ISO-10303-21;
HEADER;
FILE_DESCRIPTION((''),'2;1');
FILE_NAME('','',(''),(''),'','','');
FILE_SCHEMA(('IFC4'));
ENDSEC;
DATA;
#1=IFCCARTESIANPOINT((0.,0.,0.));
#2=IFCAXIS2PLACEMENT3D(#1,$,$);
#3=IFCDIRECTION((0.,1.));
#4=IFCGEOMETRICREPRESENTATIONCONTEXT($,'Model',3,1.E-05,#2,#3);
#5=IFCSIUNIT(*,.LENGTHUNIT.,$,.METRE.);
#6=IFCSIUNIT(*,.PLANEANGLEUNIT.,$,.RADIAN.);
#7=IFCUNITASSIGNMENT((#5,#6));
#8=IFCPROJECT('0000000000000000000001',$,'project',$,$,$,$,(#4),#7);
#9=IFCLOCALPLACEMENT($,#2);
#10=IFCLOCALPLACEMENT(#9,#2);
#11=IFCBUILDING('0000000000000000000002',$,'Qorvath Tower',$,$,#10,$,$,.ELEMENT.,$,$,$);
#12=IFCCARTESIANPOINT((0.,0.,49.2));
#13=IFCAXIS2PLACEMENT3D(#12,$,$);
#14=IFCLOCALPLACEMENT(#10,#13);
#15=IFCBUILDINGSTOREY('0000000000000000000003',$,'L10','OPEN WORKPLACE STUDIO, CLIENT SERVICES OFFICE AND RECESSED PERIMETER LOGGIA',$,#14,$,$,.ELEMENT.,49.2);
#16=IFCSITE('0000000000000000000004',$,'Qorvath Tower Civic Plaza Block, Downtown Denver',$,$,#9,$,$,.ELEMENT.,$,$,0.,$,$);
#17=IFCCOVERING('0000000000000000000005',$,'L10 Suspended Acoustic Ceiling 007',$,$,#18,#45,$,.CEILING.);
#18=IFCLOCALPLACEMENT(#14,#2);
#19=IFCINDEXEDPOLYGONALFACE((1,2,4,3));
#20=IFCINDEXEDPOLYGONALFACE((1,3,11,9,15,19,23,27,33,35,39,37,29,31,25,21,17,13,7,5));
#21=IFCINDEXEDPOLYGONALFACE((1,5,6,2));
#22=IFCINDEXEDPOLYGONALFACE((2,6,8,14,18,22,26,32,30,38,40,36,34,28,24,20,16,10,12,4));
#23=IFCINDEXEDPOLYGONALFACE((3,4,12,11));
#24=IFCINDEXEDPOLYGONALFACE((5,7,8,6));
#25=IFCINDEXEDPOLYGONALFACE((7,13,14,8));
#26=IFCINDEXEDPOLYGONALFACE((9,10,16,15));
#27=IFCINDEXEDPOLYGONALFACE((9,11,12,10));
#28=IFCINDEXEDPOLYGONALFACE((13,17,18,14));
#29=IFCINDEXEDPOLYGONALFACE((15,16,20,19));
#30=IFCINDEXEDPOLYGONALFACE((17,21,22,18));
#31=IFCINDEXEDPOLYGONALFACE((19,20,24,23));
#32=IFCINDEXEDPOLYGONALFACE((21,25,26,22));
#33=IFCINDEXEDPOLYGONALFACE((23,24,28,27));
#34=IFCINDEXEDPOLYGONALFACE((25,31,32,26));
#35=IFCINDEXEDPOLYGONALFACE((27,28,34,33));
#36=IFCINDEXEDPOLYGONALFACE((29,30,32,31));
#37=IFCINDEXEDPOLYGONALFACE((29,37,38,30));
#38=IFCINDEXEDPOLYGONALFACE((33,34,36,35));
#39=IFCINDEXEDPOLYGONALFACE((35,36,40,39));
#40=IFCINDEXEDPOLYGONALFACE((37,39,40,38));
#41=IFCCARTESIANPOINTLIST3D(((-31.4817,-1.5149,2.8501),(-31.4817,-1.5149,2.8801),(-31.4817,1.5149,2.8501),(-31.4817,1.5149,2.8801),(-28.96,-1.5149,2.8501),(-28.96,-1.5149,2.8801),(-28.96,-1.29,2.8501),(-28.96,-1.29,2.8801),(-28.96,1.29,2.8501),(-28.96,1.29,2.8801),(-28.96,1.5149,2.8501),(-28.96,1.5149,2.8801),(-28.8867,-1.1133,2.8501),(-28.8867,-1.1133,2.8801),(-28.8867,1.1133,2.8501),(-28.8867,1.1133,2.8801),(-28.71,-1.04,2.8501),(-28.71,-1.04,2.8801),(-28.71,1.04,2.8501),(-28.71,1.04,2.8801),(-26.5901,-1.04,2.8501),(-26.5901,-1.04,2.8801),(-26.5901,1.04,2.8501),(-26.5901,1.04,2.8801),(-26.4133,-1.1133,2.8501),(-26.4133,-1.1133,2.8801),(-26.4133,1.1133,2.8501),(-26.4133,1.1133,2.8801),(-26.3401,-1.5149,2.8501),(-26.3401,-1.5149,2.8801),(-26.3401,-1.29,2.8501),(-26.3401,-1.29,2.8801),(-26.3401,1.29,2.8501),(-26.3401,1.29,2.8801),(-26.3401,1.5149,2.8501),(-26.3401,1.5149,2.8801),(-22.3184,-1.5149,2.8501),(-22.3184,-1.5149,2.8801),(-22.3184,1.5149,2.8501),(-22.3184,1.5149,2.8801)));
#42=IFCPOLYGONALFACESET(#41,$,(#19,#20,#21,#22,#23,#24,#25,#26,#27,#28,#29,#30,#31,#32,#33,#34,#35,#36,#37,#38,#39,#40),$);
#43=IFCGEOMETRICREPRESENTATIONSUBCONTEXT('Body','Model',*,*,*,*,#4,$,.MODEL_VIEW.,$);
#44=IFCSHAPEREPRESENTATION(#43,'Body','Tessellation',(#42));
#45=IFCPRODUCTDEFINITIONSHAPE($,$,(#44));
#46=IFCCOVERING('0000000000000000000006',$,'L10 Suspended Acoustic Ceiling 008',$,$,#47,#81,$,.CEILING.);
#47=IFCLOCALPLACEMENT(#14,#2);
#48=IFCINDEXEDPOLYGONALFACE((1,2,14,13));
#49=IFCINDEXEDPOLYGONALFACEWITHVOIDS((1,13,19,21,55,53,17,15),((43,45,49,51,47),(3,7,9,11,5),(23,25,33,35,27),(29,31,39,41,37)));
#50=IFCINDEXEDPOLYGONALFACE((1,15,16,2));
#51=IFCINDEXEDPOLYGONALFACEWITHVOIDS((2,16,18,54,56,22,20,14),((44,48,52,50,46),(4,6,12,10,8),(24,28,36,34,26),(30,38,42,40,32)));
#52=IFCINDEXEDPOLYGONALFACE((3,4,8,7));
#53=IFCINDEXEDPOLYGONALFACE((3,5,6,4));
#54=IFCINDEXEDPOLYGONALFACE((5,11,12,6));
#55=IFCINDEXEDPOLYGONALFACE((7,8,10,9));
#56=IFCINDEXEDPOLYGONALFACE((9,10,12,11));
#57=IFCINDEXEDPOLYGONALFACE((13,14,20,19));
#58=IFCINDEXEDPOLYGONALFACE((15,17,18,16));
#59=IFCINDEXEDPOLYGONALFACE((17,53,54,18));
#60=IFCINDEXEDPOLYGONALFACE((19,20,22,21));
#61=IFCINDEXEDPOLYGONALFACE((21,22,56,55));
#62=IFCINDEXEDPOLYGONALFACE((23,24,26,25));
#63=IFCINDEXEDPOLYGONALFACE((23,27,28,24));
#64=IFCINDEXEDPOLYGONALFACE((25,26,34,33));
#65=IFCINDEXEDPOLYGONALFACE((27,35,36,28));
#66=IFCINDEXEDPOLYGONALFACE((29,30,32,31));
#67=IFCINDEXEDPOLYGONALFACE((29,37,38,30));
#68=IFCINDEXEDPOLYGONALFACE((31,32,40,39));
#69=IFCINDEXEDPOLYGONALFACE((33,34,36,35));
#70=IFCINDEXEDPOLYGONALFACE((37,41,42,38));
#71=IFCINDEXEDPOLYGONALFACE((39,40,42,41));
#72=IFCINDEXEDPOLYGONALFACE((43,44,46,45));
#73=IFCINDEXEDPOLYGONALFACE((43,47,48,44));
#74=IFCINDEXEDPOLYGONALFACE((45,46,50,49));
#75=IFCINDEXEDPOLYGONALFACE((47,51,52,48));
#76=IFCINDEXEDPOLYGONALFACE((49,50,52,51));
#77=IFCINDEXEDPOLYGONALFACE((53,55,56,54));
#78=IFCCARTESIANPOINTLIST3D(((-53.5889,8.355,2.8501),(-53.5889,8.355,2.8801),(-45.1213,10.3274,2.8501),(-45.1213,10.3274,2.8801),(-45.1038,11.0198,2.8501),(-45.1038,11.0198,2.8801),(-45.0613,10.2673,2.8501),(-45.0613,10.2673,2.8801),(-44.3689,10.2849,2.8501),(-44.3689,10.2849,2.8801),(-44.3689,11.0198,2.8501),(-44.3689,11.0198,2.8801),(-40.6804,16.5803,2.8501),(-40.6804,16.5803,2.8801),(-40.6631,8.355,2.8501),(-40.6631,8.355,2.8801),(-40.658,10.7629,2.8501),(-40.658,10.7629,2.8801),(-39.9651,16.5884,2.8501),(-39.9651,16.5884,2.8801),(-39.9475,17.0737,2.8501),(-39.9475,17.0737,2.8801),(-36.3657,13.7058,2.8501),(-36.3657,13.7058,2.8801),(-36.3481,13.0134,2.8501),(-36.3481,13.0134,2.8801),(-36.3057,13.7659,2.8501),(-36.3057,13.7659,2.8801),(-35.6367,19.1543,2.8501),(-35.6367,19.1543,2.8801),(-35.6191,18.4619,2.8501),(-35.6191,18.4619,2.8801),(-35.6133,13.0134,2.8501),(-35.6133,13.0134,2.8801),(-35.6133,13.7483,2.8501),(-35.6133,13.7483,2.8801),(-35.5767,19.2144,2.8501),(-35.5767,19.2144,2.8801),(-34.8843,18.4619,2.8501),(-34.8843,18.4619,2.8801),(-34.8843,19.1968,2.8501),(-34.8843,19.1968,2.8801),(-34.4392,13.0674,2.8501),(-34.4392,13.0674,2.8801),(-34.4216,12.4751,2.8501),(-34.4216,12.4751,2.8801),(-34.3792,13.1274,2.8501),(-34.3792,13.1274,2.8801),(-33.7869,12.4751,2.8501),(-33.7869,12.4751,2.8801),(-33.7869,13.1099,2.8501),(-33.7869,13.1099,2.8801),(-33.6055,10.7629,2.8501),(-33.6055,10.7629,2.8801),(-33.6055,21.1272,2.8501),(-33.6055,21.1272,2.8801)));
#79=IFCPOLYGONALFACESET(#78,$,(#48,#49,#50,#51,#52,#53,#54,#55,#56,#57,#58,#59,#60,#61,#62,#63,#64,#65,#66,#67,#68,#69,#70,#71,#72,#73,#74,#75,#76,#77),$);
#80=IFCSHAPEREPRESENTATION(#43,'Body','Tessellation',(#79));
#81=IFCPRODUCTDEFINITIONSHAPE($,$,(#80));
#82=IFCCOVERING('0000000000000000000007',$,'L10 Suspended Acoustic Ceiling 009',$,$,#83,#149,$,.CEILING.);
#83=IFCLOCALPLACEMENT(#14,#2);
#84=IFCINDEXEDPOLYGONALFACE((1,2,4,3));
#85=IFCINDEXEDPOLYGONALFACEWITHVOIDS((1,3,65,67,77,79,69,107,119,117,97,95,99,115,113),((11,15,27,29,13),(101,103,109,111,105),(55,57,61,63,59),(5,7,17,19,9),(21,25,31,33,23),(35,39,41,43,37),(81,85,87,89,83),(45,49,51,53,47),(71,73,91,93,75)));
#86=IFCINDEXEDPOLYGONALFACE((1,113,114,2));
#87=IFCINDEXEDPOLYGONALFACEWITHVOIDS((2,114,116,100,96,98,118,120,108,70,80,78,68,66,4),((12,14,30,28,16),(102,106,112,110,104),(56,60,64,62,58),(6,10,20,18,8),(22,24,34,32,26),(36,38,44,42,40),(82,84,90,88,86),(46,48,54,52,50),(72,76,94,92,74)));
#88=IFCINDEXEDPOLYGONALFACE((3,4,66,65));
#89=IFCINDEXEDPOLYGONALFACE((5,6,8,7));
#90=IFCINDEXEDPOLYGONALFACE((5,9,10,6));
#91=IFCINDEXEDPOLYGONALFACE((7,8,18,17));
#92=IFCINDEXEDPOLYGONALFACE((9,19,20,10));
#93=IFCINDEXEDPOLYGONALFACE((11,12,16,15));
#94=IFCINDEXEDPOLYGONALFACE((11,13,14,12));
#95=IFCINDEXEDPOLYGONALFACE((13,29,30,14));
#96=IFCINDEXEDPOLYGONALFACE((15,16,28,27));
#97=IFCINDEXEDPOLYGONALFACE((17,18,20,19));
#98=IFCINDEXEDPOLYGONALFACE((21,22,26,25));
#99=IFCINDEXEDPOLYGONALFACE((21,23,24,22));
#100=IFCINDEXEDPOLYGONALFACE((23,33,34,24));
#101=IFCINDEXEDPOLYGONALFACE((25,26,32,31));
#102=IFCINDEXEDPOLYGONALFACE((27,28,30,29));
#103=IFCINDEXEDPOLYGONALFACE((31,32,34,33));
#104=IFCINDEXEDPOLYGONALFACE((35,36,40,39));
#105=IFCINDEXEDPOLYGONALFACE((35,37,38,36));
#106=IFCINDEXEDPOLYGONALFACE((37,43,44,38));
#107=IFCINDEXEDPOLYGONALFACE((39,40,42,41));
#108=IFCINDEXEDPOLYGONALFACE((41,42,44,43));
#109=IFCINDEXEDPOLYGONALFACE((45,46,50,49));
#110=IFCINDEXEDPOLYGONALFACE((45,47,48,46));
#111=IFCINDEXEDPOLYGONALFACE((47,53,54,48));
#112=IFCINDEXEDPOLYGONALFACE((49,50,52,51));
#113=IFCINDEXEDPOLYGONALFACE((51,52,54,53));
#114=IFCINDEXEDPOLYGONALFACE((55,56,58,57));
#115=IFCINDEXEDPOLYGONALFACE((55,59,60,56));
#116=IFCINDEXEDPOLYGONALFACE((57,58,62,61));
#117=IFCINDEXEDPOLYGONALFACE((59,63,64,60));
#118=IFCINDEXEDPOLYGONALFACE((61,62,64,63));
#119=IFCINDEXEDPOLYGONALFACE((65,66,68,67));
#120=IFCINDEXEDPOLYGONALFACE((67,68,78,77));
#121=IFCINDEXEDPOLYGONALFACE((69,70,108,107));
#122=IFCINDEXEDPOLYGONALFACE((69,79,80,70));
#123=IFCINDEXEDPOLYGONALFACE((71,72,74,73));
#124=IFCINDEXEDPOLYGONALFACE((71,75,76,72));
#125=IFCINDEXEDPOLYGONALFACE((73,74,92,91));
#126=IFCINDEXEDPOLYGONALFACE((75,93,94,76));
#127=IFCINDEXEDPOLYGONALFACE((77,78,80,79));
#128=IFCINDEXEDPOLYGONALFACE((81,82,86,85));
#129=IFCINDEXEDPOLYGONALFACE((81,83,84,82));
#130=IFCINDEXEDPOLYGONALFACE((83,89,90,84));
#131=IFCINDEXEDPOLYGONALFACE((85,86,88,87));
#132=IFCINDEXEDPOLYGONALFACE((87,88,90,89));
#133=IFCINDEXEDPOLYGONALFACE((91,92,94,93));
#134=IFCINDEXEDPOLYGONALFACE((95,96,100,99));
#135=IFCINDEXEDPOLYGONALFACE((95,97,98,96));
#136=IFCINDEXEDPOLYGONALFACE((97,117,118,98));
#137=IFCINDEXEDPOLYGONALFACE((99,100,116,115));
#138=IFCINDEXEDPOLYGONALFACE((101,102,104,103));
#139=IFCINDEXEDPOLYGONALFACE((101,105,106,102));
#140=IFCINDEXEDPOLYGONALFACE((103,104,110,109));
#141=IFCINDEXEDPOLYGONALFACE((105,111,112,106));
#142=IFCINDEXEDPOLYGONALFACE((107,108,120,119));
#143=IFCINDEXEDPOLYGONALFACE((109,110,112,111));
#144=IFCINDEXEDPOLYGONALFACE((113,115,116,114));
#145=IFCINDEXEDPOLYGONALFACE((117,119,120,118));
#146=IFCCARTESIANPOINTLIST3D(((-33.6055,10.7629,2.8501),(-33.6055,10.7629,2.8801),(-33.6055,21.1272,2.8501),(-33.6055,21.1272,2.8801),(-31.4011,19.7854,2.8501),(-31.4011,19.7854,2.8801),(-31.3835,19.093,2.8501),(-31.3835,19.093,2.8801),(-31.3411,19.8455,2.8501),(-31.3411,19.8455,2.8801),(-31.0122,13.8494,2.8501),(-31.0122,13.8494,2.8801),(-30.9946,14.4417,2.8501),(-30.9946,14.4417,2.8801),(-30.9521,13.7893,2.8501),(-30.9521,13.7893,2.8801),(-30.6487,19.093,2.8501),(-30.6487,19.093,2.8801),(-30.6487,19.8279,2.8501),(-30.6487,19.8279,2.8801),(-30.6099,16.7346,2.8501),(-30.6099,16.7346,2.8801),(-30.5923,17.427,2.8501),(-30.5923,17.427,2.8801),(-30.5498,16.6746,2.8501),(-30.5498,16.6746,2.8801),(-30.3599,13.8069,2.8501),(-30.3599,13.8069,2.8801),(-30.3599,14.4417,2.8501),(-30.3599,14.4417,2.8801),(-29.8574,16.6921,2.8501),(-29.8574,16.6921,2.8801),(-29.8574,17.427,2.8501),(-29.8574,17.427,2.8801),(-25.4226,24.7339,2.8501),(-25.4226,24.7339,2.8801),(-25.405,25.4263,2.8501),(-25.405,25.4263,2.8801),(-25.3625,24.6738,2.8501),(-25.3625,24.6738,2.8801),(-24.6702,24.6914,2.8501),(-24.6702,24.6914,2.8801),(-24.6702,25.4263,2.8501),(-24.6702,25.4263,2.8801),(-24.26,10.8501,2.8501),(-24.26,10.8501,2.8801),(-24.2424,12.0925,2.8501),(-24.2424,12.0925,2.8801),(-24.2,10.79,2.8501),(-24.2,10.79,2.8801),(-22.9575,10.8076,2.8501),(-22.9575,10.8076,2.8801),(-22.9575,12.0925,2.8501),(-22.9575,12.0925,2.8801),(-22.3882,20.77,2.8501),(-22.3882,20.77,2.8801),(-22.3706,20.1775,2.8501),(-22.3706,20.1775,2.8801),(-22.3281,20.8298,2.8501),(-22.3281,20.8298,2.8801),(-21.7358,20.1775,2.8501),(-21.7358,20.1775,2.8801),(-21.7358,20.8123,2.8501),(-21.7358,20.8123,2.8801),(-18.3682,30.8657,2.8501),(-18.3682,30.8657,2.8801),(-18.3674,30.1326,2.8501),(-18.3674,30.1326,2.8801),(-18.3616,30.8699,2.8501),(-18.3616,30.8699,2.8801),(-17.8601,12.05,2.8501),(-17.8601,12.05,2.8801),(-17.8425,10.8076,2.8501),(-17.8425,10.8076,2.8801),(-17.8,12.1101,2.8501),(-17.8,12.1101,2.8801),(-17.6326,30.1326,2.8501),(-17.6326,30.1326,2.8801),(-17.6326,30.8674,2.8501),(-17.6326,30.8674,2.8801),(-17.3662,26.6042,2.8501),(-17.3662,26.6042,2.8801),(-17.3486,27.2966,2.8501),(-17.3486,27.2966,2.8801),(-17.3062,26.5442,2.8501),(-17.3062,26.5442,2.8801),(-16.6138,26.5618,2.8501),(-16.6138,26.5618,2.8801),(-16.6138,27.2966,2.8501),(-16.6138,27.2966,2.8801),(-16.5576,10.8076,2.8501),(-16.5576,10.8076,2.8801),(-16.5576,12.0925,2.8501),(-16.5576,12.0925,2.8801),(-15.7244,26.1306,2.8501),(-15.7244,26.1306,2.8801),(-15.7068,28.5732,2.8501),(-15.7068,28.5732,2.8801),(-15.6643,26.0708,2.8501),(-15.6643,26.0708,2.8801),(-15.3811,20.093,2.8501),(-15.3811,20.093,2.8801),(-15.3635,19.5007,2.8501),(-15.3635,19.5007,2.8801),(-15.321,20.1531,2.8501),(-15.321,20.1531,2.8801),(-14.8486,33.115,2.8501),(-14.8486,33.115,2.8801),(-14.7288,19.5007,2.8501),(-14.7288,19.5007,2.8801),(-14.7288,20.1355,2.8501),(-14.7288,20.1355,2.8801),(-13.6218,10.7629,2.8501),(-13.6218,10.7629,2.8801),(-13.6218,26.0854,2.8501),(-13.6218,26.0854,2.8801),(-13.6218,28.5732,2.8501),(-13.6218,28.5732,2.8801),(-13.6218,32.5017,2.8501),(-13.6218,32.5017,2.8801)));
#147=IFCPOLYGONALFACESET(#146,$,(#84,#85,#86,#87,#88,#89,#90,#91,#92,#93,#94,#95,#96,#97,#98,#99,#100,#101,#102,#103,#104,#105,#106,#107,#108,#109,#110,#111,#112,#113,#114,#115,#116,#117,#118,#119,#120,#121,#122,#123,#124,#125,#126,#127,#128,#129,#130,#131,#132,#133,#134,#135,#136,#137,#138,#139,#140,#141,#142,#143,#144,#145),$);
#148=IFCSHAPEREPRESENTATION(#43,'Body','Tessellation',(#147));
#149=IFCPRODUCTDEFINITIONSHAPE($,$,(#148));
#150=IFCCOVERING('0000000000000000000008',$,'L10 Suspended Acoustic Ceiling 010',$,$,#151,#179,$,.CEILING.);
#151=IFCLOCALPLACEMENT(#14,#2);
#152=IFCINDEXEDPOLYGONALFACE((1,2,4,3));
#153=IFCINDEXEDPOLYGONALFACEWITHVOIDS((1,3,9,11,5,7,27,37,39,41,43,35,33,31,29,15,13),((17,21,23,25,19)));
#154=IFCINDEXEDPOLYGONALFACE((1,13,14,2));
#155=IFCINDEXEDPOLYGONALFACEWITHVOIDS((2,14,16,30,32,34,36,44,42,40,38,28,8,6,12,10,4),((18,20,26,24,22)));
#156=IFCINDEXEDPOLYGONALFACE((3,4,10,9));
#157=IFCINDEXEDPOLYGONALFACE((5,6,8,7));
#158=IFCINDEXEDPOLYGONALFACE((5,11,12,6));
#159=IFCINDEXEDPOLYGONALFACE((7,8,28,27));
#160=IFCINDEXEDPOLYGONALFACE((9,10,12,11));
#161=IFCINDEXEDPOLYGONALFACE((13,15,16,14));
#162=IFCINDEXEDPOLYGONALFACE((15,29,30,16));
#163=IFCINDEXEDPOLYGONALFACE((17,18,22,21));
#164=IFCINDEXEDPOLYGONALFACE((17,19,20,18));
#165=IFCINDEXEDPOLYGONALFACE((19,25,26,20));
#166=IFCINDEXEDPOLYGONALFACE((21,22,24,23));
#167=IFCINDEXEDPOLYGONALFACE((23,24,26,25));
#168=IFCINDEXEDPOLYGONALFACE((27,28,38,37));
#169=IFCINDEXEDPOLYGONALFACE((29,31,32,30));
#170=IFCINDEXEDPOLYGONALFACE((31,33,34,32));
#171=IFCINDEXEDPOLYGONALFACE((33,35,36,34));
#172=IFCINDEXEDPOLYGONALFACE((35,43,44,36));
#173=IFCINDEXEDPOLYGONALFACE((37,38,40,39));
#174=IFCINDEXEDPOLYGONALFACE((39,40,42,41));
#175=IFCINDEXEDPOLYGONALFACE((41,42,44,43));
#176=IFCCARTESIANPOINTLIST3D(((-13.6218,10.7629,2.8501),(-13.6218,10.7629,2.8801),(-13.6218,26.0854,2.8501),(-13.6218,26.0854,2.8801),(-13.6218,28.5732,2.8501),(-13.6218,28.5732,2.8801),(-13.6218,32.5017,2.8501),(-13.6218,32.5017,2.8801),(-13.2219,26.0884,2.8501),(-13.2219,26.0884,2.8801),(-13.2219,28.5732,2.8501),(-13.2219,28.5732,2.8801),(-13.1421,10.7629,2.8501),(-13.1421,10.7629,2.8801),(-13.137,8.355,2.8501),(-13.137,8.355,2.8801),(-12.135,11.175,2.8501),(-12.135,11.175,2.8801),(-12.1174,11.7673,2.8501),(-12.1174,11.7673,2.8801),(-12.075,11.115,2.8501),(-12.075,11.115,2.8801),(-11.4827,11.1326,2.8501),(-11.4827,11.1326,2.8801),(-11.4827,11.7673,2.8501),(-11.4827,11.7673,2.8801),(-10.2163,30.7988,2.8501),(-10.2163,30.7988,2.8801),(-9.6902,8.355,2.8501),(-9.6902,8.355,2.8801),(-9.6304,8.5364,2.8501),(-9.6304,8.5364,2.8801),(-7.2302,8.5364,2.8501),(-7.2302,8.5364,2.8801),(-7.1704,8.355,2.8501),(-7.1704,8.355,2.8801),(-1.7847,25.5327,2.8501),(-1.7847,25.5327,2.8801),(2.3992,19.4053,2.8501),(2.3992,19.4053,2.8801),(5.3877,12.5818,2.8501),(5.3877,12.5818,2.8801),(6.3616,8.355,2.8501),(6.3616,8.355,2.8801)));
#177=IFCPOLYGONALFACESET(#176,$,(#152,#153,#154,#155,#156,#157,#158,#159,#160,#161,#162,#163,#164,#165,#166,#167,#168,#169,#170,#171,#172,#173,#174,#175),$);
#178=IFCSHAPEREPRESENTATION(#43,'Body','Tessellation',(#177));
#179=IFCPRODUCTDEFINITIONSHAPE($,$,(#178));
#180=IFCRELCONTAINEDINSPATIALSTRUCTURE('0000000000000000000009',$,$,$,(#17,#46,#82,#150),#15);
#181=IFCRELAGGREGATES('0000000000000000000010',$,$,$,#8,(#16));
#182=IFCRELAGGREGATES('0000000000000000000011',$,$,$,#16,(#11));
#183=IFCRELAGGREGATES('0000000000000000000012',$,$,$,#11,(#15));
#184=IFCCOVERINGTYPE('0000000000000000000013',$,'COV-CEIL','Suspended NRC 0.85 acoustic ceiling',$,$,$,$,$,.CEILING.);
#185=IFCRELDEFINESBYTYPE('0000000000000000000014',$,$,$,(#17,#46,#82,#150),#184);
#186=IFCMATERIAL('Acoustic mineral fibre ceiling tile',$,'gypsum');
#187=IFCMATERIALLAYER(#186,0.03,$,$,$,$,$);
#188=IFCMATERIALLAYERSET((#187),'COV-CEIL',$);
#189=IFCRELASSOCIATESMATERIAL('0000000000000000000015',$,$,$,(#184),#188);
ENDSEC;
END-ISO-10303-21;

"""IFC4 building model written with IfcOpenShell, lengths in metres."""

from ifc_helpers import new_model, si_unit, direction, frame, origin, place, context, subcontext, project, spatial, polyline, outline, extrude, material, layer, layer_set, type_object, element, save


model = new_model("IFC4")

# Units and contexts
model_context = context("Model", 3, precision=1e-05, world=origin(), true_north=direction((0.0, 1.0)))
body_context = subcontext(model_context, "Body", "Model", "MODEL_VIEW")
ifc_project = project(units=[si_unit("LENGTHUNIT", "METRE"), si_unit("PLANEANGLEUNIT", "RADIAN")], contexts=[model_context])

# Site, building, storey
site_placement = place(None, origin())
site = spatial("IfcSite", under=ifc_project, at=site_placement, Name="Qorvath Tower Civic Plaza Block, Downtown Denver", CompositionType="ELEMENT", RefElevation=0.0)
building_placement = place(site_placement, origin())
building = spatial("IfcBuilding", under=site, at=building_placement, Name="Qorvath Tower", CompositionType="ELEMENT")
storey_placement = place(building_placement, frame((0.0, 0.0, 49.2)))
storey = spatial("IfcBuildingStorey", under=building, at=storey_placement, Name="L10", Description="OPEN WORKPLACE STUDIO, CLIENT SERVICES OFFICE AND RECESSED PERIMETER LOGGIA", CompositionType="ELEMENT", Elevation=49.2)

# Coverings
ifc_material_1 = material(Name="Acoustic mineral fibre ceiling tile", Category="gypsum")
ifc_layer_1 = layer(ifc_material_1, 0.03)
ifc_layer_set_1 = layer_set([ifc_layer_1], Name="COV-CEIL")
covering_type_1 = type_object("IfcCoveringType", Name="COV-CEIL", Description="Suspended NRC 0.85 acoustic ceiling", PredefinedType="CEILING", material=ifc_layer_set_1)
covering_1_placement = place(storey_placement, frame((0.0, 0.0, 2.8501)))
element("IfcCovering", 1, at=covering_1_placement, inside=storey, type_object=covering_type_1, Name="L10 Suspended Acoustic Ceiling 007", PredefinedType="CEILING", context=body_context, shape_type="SweptSolid", body=[
    extrude(outline(polyline([(-22.3184, -1.5149), (-22.3184, 1.5149), (-26.3401, 1.5149), (-26.3401, 1.29), (-26.4133, 1.1133), (-26.5901, 1.04), (-28.71, 1.04), (-28.8867, 1.1133), (-28.96, 1.29), (-28.96, 1.5149), (-31.4817, 1.5149), (-31.4817, -1.5149), (-28.96, -1.5149), (-28.96, -1.29), (-28.8867, -1.1133), (-28.71, -1.04), (-26.5901, -1.04), (-26.4133, -1.1133), (-26.3401, -1.29), (-26.3401, -1.5149), (-22.3184, -1.5149)])), origin(), (0.0, 0.0, 1.0), 0.03),
])
covering_2_placement = place(storey_placement, frame((0.0, 0.0, 2.8501)))
element("IfcCovering", 2, at=covering_2_placement, inside=storey, type_object=covering_type_1, Name="L10 Suspended Acoustic Ceiling 008", PredefinedType="CEILING", context=body_context, shape_type="SweptSolid", body=[
    extrude(outline(polyline([(-33.6055, 10.7629), (-33.6055, 21.1272), (-39.9475, 17.0737), (-39.9651, 16.5884), (-40.6804, 16.5803), (-53.5889, 8.355), (-40.6631, 8.355), (-40.658, 10.7629), (-33.6055, 10.7629)]), holes=[polyline([(-34.4392, 13.0674), (-34.3792, 13.1274), (-33.7869, 13.1099), (-33.7869, 12.4751), (-34.4216, 12.4751), (-34.4392, 13.0674)]), polyline([(-35.6367, 19.1543), (-35.5767, 19.2144), (-34.8843, 19.1968), (-34.8843, 18.4619), (-35.6191, 18.4619), (-35.6367, 19.1543)]), polyline([(-36.3657, 13.7058), (-36.3057, 13.7659), (-35.6133, 13.7483), (-35.6133, 13.0134), (-36.3481, 13.0134), (-36.3657, 13.7058)]), polyline([(-45.1213, 10.3274), (-45.1038, 11.0198), (-44.3689, 11.0198), (-44.3689, 10.2849), (-45.0613, 10.2673), (-45.1213, 10.3274)])]), origin(), (0.0, 0.0, 1.0), 0.03),
])
covering_3_placement = place(storey_placement, frame((0.0, 0.0, 2.8501)))
element("IfcCovering", 3, at=covering_3_placement, inside=storey, type_object=covering_type_1, Name="L10 Suspended Acoustic Ceiling 009", PredefinedType="CEILING", context=body_context, shape_type="SweptSolid", body=[
    extrude(outline(polyline([(-18.3682, 30.8657), (-33.6055, 21.1272), (-33.6055, 10.7629), (-13.6218, 10.7629), (-13.6218, 26.0854), (-15.6643, 26.0708), (-15.7244, 26.1306), (-15.7068, 28.5732), (-13.6218, 28.5732), (-13.6218, 32.5017), (-14.8486, 33.115), (-18.3616, 30.8699), (-17.6326, 30.8674), (-17.6326, 30.1326), (-18.3674, 30.1326), (-18.3682, 30.8657)]), holes=[polyline([(-15.3811, 20.093), (-15.321, 20.1531), (-14.7288, 20.1355), (-14.7288, 19.5007), (-15.3635, 19.5007), (-15.3811, 20.093)]), polyline([(-17.8601, 12.05), (-17.8, 12.1101), (-16.5576, 12.0925), (-16.5576, 10.8076), (-17.8425, 10.8076), (-17.8601, 12.05)]), polyline([(-17.3662, 26.6042), (-17.3486, 27.2966), (-16.6138, 27.2966), (-16.6138, 26.5618), (-17.3062, 26.5442), (-17.3662, 26.6042)]), polyline([(-22.3882, 20.77), (-22.3281, 20.8298), (-21.7358, 20.8123), (-21.7358, 20.1775), (-22.3706, 20.1775), (-22.3882, 20.77)]), polyline([(-24.26, 10.8501), (-24.2424, 12.0925), (-22.9575, 12.0925), (-22.9575, 10.8076), (-24.2, 10.79), (-24.26, 10.8501)]), polyline([(-25.4226, 24.7339), (-25.405, 25.4263), (-24.6702, 25.4263), (-24.6702, 24.6914), (-25.3625, 24.6738), (-25.4226, 24.7339)]), polyline([(-30.6099, 16.7346), (-30.5923, 17.427), (-29.8574, 17.427), (-29.8574, 16.6921), (-30.5498, 16.6746), (-30.6099, 16.7346)]), polyline([(-31.0122, 13.8494), (-30.9946, 14.4417), (-30.3599, 14.4417), (-30.3599, 13.8069), (-30.9521, 13.7893), (-31.0122, 13.8494)]), polyline([(-31.4011, 19.7854), (-31.3411, 19.8455), (-30.6487, 19.8279), (-30.6487, 19.093), (-31.3835, 19.093), (-31.4011, 19.7854)])]), origin(), (0.0, 0.0, 1.0), 0.03),
])
covering_4_placement = place(storey_placement, frame((0.0, 0.0, 2.8501)))
element("IfcCovering", 4, at=covering_4_placement, inside=storey, type_object=covering_type_1, Name="L10 Suspended Acoustic Ceiling 010", PredefinedType="CEILING", context=body_context, shape_type="SweptSolid", body=[
    extrude(outline(polyline([(-13.6218, 32.5017), (-13.6218, 28.5732), (-13.2219, 28.5732), (-13.2219, 26.0884), (-13.6218, 26.0854), (-13.6218, 10.7629), (-13.1421, 10.7629), (-13.137, 8.355), (-9.6902, 8.355), (-9.6304, 8.5364), (-7.2302, 8.5364), (-7.1704, 8.355), (6.3616, 8.355), (5.3877, 12.5818), (2.3992, 19.4053), (-1.7847, 25.5327), (-10.2163, 30.7988), (-13.6218, 32.5017)]), holes=[polyline([(-12.135, 11.175), (-12.1174, 11.7673), (-11.4827, 11.7673), (-11.4827, 11.1326), (-12.075, 11.115), (-12.135, 11.175)])]), origin(), (0.0, 0.0, 1.0), 0.03),
])

save(model, "model.ifc")
